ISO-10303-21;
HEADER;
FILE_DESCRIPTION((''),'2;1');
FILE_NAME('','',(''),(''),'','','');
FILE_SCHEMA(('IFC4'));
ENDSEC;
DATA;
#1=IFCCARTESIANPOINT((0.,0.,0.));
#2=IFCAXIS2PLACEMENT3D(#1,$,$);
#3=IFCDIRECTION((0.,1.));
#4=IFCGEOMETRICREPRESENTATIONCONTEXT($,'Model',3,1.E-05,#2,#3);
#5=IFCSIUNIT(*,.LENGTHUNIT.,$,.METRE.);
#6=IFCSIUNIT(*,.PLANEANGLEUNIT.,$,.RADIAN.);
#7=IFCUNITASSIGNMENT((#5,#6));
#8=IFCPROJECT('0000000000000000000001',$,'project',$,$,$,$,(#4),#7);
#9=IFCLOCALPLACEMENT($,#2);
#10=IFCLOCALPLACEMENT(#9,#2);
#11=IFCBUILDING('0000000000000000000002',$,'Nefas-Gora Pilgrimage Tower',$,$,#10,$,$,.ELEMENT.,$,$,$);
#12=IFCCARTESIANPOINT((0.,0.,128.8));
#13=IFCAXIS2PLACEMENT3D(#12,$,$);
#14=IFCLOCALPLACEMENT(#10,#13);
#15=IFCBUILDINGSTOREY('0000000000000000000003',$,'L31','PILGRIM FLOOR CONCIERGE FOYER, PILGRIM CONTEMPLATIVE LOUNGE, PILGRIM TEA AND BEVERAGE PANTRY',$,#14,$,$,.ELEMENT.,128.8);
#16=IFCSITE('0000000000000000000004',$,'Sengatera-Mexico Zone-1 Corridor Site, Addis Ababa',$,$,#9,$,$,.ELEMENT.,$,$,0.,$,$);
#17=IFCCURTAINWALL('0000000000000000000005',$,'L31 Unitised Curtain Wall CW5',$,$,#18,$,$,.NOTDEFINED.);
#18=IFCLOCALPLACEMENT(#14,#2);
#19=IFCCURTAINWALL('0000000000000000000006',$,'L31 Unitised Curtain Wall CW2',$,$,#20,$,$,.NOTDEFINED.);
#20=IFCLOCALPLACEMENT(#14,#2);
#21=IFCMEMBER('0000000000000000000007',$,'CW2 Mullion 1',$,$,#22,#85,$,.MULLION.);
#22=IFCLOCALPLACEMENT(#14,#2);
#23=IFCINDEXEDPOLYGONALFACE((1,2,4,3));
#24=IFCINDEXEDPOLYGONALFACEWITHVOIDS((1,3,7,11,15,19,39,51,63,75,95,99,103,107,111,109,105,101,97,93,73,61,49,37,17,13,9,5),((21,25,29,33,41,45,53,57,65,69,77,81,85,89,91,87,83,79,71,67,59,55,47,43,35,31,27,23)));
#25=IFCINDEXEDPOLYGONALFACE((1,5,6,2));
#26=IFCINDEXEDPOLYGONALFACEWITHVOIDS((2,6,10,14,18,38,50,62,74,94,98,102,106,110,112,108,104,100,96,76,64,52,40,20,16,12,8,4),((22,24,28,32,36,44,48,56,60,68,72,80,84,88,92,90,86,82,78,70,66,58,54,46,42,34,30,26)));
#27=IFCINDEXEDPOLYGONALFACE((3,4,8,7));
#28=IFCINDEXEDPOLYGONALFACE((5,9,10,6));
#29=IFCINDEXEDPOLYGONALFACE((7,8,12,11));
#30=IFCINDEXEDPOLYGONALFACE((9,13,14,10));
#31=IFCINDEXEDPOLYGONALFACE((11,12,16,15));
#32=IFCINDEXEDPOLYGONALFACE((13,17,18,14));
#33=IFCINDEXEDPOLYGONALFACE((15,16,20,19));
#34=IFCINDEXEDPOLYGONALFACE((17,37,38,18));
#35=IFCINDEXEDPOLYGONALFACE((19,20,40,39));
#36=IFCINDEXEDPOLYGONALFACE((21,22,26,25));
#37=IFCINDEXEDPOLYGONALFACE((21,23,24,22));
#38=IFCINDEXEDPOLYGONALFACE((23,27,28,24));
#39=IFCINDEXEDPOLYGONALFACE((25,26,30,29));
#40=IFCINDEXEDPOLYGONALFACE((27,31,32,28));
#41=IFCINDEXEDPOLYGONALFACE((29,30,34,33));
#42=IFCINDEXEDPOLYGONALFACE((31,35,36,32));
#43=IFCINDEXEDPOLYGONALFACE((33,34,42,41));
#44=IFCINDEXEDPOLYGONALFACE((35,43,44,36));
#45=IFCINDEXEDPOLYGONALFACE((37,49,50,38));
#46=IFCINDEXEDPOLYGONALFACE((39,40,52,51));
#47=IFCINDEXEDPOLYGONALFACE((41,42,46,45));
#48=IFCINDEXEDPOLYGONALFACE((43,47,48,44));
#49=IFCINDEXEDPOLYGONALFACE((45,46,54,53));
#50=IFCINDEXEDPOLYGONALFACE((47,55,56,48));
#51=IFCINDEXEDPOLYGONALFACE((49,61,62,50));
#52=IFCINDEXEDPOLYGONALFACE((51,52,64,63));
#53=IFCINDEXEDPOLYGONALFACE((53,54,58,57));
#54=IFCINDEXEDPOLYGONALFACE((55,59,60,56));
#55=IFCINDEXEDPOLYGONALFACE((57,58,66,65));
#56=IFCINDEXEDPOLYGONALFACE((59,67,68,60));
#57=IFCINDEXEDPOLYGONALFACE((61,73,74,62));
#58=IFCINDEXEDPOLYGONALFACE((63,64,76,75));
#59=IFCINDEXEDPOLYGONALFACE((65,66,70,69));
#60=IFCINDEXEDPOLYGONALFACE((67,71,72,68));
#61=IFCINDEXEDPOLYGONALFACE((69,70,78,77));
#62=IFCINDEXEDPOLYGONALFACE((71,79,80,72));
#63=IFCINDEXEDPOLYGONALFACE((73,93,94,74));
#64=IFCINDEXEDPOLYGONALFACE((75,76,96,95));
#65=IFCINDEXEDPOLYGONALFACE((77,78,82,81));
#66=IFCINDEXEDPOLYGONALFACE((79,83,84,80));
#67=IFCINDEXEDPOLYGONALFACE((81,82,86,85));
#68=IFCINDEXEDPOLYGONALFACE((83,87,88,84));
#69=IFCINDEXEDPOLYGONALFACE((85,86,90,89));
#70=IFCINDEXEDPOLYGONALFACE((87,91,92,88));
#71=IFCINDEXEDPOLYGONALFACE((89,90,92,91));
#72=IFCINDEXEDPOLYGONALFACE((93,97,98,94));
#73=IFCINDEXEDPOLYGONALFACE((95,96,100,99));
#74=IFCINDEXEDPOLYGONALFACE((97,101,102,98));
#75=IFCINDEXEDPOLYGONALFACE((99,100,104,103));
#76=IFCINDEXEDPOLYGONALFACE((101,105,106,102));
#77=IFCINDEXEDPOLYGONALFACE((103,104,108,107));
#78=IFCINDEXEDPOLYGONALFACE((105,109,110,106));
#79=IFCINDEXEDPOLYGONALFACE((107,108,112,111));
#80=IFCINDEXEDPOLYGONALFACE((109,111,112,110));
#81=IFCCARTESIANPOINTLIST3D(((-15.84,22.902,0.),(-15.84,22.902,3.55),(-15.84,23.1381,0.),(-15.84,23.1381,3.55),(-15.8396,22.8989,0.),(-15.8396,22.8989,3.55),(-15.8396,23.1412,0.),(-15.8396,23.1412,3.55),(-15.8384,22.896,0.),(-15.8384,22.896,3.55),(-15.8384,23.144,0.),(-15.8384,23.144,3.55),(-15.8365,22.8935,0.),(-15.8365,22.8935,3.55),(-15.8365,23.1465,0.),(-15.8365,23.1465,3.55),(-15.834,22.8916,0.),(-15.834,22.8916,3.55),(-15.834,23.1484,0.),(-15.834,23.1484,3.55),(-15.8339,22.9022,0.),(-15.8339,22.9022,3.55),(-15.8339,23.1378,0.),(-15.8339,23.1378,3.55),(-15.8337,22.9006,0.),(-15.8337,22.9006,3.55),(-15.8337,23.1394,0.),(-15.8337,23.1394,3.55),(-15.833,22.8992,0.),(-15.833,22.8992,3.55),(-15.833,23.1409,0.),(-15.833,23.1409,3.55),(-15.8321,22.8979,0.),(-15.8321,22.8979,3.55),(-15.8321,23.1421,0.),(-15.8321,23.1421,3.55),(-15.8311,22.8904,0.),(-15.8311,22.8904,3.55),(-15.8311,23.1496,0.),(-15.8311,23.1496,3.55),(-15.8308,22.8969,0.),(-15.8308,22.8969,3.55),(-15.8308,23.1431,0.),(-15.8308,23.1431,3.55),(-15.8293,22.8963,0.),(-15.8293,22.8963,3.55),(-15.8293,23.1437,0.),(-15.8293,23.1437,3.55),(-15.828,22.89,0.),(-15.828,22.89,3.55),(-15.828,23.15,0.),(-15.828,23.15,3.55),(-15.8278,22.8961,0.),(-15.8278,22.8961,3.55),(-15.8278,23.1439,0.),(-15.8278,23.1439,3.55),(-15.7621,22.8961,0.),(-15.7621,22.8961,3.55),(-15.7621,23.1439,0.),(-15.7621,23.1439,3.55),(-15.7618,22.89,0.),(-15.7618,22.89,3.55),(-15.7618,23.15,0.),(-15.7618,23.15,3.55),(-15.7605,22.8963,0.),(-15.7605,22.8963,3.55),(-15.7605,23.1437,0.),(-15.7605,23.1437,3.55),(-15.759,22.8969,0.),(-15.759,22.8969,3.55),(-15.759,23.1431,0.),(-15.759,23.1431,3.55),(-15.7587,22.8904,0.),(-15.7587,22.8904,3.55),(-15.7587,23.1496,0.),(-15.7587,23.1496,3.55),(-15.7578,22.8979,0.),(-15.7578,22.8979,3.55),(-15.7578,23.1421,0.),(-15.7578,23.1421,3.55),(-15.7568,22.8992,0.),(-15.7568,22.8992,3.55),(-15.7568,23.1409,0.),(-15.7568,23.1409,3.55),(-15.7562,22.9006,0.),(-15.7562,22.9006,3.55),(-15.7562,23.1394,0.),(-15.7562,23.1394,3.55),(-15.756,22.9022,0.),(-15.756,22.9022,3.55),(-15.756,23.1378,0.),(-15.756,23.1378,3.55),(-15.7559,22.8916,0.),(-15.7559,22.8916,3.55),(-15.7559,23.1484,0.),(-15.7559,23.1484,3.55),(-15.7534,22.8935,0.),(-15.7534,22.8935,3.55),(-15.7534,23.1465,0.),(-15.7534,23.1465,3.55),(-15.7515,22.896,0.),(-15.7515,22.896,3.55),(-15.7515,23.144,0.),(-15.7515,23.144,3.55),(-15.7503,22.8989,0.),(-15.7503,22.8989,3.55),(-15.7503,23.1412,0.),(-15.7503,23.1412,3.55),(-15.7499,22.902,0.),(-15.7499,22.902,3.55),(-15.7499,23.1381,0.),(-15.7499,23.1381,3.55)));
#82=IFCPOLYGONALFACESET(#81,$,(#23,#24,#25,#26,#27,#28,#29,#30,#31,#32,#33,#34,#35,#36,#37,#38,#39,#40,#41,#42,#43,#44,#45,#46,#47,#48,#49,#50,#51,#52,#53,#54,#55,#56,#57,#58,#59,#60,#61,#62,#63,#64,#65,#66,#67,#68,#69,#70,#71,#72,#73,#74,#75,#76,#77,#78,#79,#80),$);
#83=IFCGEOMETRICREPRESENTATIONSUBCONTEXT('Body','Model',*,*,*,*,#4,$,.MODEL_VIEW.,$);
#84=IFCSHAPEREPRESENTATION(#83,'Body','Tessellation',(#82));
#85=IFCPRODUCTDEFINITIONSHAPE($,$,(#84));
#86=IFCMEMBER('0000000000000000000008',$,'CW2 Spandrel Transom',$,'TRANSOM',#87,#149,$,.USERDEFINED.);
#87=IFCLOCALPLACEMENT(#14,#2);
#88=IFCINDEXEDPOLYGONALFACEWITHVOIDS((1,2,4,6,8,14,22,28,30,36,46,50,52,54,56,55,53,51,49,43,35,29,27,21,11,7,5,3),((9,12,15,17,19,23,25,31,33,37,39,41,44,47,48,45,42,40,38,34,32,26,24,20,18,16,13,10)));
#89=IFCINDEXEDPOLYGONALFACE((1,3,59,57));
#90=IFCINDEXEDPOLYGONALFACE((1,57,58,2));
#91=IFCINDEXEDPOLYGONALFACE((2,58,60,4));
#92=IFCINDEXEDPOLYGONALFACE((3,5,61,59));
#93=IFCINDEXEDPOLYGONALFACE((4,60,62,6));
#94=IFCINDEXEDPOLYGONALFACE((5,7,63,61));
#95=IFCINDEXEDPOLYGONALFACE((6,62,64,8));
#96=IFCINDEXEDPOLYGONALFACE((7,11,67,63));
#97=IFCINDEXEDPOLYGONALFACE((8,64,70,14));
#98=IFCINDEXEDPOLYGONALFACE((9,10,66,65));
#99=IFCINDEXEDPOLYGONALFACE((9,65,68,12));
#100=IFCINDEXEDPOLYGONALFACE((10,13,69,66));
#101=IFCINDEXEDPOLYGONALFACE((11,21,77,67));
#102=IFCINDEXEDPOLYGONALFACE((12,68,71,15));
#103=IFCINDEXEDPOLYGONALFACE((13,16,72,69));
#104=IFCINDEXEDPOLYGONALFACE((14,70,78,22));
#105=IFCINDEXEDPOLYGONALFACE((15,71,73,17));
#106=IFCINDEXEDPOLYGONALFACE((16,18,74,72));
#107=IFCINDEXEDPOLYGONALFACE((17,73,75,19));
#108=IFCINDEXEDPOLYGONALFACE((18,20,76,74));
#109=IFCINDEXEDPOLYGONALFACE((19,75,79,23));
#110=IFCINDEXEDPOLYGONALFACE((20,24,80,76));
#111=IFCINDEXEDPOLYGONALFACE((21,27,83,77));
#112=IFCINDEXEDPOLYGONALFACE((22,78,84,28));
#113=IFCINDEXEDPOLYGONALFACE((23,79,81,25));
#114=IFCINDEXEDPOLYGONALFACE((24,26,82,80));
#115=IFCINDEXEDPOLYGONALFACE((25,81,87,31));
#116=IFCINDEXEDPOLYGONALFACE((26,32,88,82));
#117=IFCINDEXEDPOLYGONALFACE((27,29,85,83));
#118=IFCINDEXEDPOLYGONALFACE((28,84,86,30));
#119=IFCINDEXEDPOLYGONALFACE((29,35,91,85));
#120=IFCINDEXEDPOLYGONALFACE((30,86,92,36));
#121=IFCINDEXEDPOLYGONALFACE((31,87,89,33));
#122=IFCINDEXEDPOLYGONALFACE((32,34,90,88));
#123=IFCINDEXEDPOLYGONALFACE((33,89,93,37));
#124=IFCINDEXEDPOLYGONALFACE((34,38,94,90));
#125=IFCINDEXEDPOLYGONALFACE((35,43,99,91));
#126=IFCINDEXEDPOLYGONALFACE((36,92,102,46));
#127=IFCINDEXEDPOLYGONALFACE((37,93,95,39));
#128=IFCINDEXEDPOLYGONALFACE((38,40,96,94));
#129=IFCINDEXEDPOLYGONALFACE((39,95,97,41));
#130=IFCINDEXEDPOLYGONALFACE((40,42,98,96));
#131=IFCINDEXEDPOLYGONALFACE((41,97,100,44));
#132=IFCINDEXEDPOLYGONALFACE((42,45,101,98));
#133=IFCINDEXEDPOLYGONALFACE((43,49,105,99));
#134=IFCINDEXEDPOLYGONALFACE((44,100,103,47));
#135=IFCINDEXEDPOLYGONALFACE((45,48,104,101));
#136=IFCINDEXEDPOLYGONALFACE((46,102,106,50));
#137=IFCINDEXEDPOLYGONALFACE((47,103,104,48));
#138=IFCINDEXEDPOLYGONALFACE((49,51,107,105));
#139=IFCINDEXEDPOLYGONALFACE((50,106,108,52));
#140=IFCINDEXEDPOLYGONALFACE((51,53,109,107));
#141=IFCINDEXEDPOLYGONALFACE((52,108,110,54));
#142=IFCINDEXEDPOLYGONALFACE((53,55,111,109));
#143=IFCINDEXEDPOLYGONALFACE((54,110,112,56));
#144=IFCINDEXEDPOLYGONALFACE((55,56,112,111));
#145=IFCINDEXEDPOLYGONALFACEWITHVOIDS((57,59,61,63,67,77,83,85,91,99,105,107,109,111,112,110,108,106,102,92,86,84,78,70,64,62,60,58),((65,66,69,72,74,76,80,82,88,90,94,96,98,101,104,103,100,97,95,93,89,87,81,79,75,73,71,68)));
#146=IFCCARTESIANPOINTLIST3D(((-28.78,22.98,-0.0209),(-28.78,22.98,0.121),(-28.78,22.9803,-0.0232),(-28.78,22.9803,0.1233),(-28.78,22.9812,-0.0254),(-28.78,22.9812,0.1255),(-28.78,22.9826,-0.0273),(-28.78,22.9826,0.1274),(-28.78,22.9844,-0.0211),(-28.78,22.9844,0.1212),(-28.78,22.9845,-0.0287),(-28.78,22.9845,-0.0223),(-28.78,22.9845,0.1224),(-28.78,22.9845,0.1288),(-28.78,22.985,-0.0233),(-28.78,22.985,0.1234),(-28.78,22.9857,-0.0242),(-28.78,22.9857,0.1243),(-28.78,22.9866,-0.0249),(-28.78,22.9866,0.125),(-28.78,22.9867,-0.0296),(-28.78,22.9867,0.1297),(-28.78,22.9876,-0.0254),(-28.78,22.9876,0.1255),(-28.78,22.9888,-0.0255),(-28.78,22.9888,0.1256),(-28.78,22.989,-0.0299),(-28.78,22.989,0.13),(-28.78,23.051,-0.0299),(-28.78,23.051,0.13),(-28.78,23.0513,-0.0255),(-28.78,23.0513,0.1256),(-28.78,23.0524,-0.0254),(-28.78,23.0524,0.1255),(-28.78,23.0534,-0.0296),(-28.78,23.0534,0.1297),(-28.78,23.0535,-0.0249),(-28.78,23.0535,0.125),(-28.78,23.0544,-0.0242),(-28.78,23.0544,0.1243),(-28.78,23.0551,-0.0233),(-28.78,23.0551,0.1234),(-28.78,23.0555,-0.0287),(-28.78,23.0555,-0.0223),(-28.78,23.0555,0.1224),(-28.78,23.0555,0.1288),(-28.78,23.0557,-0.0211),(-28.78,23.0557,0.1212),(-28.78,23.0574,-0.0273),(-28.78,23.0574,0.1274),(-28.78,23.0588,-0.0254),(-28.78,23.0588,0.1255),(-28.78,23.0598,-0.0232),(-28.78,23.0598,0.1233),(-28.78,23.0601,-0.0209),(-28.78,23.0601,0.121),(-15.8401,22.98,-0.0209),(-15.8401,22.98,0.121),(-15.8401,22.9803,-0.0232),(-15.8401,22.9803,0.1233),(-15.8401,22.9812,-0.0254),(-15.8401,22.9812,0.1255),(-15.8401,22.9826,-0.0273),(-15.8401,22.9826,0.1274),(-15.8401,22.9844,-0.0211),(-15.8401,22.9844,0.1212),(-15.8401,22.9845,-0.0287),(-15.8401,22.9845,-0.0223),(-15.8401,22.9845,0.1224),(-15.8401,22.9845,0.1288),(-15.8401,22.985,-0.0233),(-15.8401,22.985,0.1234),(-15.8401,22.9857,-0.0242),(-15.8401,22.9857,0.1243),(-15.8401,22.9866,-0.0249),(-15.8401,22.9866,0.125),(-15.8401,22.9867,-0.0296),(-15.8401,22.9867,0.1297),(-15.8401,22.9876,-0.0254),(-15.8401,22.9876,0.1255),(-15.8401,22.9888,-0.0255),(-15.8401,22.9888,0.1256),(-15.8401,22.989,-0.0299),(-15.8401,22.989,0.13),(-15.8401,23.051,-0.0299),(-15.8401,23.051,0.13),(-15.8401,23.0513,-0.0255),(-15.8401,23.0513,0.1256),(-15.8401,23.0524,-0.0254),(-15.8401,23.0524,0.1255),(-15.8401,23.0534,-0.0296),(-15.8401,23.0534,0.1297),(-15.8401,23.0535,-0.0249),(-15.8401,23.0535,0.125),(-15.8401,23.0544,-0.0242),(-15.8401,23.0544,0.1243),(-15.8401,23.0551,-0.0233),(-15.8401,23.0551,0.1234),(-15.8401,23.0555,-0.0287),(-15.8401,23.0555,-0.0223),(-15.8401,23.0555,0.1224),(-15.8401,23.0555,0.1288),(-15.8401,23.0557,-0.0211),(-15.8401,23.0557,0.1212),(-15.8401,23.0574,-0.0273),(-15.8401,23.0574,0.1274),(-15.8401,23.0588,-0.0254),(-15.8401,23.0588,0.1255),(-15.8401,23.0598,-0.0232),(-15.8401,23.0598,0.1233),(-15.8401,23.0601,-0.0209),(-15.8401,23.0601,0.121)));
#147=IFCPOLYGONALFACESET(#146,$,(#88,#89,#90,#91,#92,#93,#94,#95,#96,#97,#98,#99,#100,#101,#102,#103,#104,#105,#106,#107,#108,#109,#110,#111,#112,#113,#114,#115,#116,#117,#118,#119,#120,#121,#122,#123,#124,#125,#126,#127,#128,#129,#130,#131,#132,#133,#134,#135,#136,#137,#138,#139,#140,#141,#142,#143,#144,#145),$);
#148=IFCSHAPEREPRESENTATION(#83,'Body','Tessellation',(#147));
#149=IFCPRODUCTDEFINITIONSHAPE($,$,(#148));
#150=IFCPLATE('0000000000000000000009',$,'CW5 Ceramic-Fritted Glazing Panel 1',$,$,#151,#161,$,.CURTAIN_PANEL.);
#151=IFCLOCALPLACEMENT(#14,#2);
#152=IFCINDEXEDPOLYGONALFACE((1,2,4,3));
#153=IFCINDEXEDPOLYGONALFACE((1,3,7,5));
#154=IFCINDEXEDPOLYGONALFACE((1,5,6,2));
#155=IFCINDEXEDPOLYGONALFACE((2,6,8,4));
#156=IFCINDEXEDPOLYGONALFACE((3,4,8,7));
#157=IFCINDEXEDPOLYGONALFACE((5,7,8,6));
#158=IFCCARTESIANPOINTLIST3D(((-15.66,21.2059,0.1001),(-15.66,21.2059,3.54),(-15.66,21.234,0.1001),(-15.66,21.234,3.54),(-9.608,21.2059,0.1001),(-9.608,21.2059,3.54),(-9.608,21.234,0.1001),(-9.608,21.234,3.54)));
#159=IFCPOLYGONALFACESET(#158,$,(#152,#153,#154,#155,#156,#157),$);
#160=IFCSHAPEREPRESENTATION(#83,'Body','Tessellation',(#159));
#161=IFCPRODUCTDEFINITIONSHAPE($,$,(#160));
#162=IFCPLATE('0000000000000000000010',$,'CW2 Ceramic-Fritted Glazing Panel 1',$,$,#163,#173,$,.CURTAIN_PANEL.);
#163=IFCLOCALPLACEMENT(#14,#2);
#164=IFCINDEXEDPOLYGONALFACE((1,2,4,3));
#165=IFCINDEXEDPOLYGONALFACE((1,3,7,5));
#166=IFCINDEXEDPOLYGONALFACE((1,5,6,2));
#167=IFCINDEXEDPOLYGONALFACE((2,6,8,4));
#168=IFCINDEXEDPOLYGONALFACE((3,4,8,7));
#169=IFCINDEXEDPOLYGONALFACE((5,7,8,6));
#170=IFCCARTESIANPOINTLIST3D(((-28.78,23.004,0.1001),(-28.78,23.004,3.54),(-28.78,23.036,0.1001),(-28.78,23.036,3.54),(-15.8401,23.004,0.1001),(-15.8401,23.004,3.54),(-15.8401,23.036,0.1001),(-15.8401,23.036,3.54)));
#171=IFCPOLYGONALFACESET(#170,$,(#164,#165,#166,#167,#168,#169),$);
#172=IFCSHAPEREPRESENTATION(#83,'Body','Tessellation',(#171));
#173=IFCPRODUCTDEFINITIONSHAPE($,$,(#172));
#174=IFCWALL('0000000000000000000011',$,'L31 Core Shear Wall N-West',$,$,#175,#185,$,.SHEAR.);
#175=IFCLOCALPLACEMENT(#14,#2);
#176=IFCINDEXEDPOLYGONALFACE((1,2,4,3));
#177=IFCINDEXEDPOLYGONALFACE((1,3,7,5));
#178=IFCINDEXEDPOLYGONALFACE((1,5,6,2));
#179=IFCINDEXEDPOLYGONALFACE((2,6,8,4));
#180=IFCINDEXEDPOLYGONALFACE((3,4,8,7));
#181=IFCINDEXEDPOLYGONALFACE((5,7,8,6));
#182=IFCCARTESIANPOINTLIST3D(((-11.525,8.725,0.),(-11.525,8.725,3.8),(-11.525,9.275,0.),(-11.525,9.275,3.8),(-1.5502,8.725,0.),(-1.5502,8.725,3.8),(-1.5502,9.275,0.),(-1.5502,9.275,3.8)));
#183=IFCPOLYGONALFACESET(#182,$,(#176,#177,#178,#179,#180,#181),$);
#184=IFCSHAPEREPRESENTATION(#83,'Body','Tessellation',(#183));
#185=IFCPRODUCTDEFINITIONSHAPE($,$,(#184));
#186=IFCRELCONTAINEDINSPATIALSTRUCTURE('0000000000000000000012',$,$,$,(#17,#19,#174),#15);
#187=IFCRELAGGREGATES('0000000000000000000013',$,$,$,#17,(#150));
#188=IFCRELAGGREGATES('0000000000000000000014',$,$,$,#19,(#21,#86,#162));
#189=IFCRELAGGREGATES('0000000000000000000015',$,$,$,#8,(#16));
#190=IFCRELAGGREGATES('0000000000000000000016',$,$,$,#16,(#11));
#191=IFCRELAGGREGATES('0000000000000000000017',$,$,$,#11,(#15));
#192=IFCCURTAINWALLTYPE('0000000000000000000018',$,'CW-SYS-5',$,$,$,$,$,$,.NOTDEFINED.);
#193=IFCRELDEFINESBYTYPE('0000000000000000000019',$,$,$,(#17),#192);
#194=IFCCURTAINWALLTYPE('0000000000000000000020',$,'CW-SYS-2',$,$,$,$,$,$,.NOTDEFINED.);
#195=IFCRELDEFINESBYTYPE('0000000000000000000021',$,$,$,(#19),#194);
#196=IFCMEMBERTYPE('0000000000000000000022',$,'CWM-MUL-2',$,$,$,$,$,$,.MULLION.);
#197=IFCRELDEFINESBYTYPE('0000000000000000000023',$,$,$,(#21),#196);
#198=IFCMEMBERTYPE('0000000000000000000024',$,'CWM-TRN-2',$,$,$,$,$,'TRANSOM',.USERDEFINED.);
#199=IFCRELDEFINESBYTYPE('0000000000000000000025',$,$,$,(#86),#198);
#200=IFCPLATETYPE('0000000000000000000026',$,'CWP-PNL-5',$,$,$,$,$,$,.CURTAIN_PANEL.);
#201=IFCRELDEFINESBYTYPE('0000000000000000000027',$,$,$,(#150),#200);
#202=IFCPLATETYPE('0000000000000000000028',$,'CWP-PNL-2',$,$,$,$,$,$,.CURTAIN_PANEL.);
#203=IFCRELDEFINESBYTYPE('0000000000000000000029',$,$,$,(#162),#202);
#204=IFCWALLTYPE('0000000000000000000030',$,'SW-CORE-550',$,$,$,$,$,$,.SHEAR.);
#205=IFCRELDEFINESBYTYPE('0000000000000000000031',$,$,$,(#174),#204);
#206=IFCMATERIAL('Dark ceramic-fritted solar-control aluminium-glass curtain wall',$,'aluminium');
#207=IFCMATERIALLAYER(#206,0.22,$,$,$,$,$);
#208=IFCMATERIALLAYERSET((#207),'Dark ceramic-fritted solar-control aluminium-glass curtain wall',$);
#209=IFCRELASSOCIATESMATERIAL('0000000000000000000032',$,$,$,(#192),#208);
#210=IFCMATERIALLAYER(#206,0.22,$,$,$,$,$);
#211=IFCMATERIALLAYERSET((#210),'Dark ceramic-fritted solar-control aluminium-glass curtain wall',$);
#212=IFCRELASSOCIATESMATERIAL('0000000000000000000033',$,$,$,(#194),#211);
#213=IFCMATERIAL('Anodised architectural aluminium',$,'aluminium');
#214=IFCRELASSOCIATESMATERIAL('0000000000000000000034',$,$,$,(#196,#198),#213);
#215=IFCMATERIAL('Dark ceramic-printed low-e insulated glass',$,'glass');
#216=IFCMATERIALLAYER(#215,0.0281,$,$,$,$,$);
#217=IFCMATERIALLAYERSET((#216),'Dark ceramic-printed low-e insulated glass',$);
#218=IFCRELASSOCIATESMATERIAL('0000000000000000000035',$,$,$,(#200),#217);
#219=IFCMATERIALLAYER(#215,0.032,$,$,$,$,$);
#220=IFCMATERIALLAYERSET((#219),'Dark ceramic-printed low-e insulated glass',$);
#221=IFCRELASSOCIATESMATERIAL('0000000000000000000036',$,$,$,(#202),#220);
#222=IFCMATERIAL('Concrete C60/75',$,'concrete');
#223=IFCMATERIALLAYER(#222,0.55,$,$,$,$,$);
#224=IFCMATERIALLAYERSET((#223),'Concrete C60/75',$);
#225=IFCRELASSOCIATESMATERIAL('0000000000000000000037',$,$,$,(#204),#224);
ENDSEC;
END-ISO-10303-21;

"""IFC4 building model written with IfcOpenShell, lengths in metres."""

from ifc_helpers import new_model, si_unit, direction, frame, frame_2d, origin, origin_2d, place, context, subcontext, project, spatial, rectangle, hollow_rectangle, extrude, source, transform, mapped, material, layer, layer_set, material_profile, profile_set, type_object, element, aggregate, save


model = new_model("IFC4")

# Units and contexts
model_context = context("Model", 3, precision=1e-05, world=origin(), true_north=direction((0.0, 1.0)))
body_context = subcontext(model_context, "Body", "Model", "MODEL_VIEW")
ifc_project = project(units=[si_unit("LENGTHUNIT", "METRE"), si_unit("PLANEANGLEUNIT", "RADIAN")], contexts=[model_context])

# Site, building, storey
site_placement = place(None, origin())
site = spatial("IfcSite", under=ifc_project, at=site_placement, Name="Sengatera-Mexico Zone-1 Corridor Site, Addis Ababa", CompositionType="ELEMENT", RefElevation=0.0)
building_placement = place(site_placement, origin())
building = spatial("IfcBuilding", under=site, at=building_placement, Name="Nefas-Gora Pilgrimage Tower", CompositionType="ELEMENT")
storey_placement = place(building_placement, frame((0.0, 0.0, 128.8)))
storey = spatial("IfcBuildingStorey", under=building, at=storey_placement, Name="L31", Description="PILGRIM FLOOR CONCIERGE FOYER, PILGRIM CONTEMPLATIVE LOUNGE, PILGRIM TEA AND BEVERAGE PANTRY", CompositionType="ELEMENT", Elevation=128.8)

# Curtain wall
ifc_material_1 = material(Name="Dark ceramic-fritted solar-control aluminium-glass curtain wall", Category="aluminium")
ifc_layer_1 = layer(ifc_material_1, 0.22)
ifc_layer_set_1 = layer_set([ifc_layer_1], Name="Dark ceramic-fritted solar-control aluminium-glass curtain wall")
curtain_wall_type_1 = type_object("IfcCurtainWallType", Name="CW-SYS-5", PredefinedType="NOTDEFINED", material=ifc_layer_set_1)
curtain_wall_1_placement = place(storey_placement, origin())
curtain_wall_1 = element("IfcCurtainWall", 1, at=curtain_wall_1_placement, inside=storey, type_object=curtain_wall_type_1, Name="L31 Unitised Curtain Wall CW5", PredefinedType="NOTDEFINED")
ifc_material_2 = material(Name="Anodised architectural aluminium", Category="aluminium")

# Curtain wall, members
ifc_layer_2 = layer(ifc_material_1, 0.22)
ifc_layer_set_2 = layer_set([ifc_layer_2], Name="Dark ceramic-fritted solar-control aluminium-glass curtain wall")
curtain_wall_type_2 = type_object("IfcCurtainWallType", Name="CW-SYS-2", PredefinedType="NOTDEFINED", material=ifc_layer_set_2)
curtain_wall_2_placement = place(storey_placement, origin())
curtain_wall_2 = element("IfcCurtainWall", 2, at=curtain_wall_2_placement, inside=storey, type_object=curtain_wall_type_2, Name="L31 Unitised Curtain Wall CW2", PredefinedType="NOTDEFINED")
ifc_material_profile_1 = material_profile(ifc_material_2, hollow_rectangle(XDim=0.0901, YDim=0.26, WallThickness=0.0061, InnerFilletRadius=0.0061, OuterFilletRadius=0.012, at=origin_2d()), Name="ALU MULLION 90x260")
ifc_profile_set_1 = profile_set([ifc_material_profile_1], Name="Anodised architectural aluminium")
member_type_1 = type_object("IfcMemberType", Name="CWM-MUL-2", PredefinedType="MULLION", material=ifc_profile_set_1)
shared_shape_1 = source(origin(), body_context, "Body", "SweptSolid", [
    extrude(hollow_rectangle(XDim=0.0901, YDim=0.26, WallThickness=0.0061, InnerFilletRadius=0.0061, OuterFilletRadius=0.012, at=origin_2d()), origin(), (0.0, 0.0, 1.0), 3.55),
])
member_1_placement = place(storey_placement, frame((-15.7949, 23.02, 0.0), z_axis=(0.0, 0.0, 1.0), x_axis=(-1.0, 0.0, 0.0)))
member_1 = element("IfcMember", 3, at=member_1_placement, type_object=member_type_1, Name="CW2 Mullion 1", PredefinedType="MULLION", context=body_context, shape_type="MappedRepresentation", body=[
    mapped(shared_shape_1, transform((0.0, 0.0, 0.0), x_axis=(1.0, 0.0, 0.0), y_axis=(0.0, 1.0, 0.0), z_axis=(0.0, 0.0, 1.0), scale=1.0)),
])
ifc_material_profile_2 = material_profile(ifc_material_2, hollow_rectangle(XDim=0.0801, YDim=0.1599, WallThickness=0.0044, InnerFilletRadius=0.0044, OuterFilletRadius=0.009, at=origin_2d()), Name="ALU TRANSOM 80x160")
ifc_profile_set_2 = profile_set([ifc_material_profile_2], Name="Anodised architectural aluminium")
member_type_2 = type_object("IfcMemberType", Name="CWM-TRN-2", ElementType="TRANSOM", PredefinedType="USERDEFINED", material=ifc_profile_set_2)
shared_shape_2 = source(origin(), body_context, "Body", "SweptSolid", [
    extrude(hollow_rectangle(XDim=0.0801, YDim=0.1599, WallThickness=0.0044, InnerFilletRadius=0.0044, OuterFilletRadius=0.009, at=origin_2d()), origin(), (0.0, 0.0, 1.0), 12.9399),
])
member_2_placement = place(storey_placement, frame((-15.8401, 23.02, 0.05), z_axis=(-1.0, 0.0, 0.0), x_axis=(0.0, -1.0, 0.0)))
member_2 = element("IfcMember", 4, at=member_2_placement, type_object=member_type_2, Name="CW2 Spandrel Transom", ObjectType="TRANSOM", PredefinedType="USERDEFINED", context=body_context, shape_type="MappedRepresentation", body=[
    mapped(shared_shape_2, transform((0.0, 0.0, 0.0), x_axis=(1.0, 0.0, 0.0), y_axis=(0.0, 1.0, 0.0), z_axis=(0.0, 0.0, 1.0), scale=1.0)),
])

# Plates
ifc_material_3 = material(Name="Dark ceramic-printed low-e insulated glass", Category="glass")
ifc_layer_3 = layer(ifc_material_3, 0.0281)
ifc_layer_set_3 = layer_set([ifc_layer_3], Name="Dark ceramic-printed low-e insulated glass")
plate_type_1 = type_object("IfcPlateType", Name="CWP-PNL-5", PredefinedType="CURTAIN_PANEL", material=ifc_layer_set_3)
shared_shape_3 = source(origin(), body_context, "Body", "SweptSolid", [
    extrude(rectangle(XDim=6.052, YDim=0.0281, at=origin_2d()), origin(), (0.0, 0.0, 1.0), 3.4399),
])
plate_1_placement = place(storey_placement, frame((-12.634, 21.22, 0.1001), z_axis=(0.0, 0.0, 1.0), x_axis=(-1.0, 0.0, 0.0)))
plate_1 = element("IfcPlate", 5, at=plate_1_placement, type_object=plate_type_1, Name="CW5 Ceramic-Fritted Glazing Panel 1", PredefinedType="CURTAIN_PANEL", context=body_context, shape_type="MappedRepresentation", body=[
    mapped(shared_shape_3, transform((0.0, 0.0, 0.0), x_axis=(1.0, 0.0, 0.0), y_axis=(0.0, 1.0, 0.0), z_axis=(0.0, 0.0, 1.0), scale=1.0)),
])
aggregate(curtain_wall_1, [plate_1])
ifc_layer_4 = layer(ifc_material_3, 0.032)
ifc_layer_set_4 = layer_set([ifc_layer_4], Name="Dark ceramic-printed low-e insulated glass")
plate_type_2 = type_object("IfcPlateType", Name="CWP-PNL-2", PredefinedType="CURTAIN_PANEL", material=ifc_layer_set_4)
shared_shape_4 = source(origin(), body_context, "Body", "SweptSolid", [
    extrude(rectangle(XDim=12.9399, YDim=0.032, at=origin_2d()), origin(), (0.0, 0.0, 1.0), 3.4399),
])
plate_2_placement = place(storey_placement, frame((-22.3101, 23.02, 0.1001), z_axis=(0.0, 0.0, 1.0), x_axis=(-1.0, 0.0, 0.0)))
plate_2 = element("IfcPlate", 6, at=plate_2_placement, type_object=plate_type_2, Name="CW2 Ceramic-Fritted Glazing Panel 1", PredefinedType="CURTAIN_PANEL", context=body_context, shape_type="MappedRepresentation", body=[
    mapped(shared_shape_4, transform((0.0, 0.0, 0.0), x_axis=(1.0, 0.0, 0.0), y_axis=(0.0, 1.0, 0.0), z_axis=(0.0, 0.0, 1.0), scale=1.0)),
])
aggregate(curtain_wall_2, [member_1, member_2, plate_2])

# Wall
ifc_material_4 = material(Name="Concrete C60/75", Category="concrete")
ifc_layer_5 = layer(ifc_material_4, 0.55)
ifc_layer_set_5 = layer_set([ifc_layer_5], Name="Concrete C60/75")
wall_type_1 = type_object("IfcWallType", Name="SW-CORE-550", PredefinedType="SHEAR", material=ifc_layer_set_5)
shared_shape_5 = source(origin(), body_context, "Body", "SweptSolid", [
    extrude(rectangle(XDim=9.9749, YDim=0.55, at=frame_2d((4.9873, 0.0))), origin(), (0.0, 0.0, 1.0), 3.8),
])
wall_1_placement = place(storey_placement, frame((-11.5249, 9.0, 0.0), z_axis=(0.0, 0.0, 1.0), x_axis=(1.0, 0.0, 0.0)))
element("IfcWall", 7, at=wall_1_placement, inside=storey, type_object=wall_type_1, Name="L31 Core Shear Wall N-West", PredefinedType="SHEAR", context=body_context, shape_type="MappedRepresentation", body=[
    mapped(shared_shape_5, transform((0.0, 0.0, 0.0), x_axis=(1.0, 0.0, 0.0), y_axis=(0.0, 1.0, 0.0), z_axis=(0.0, 0.0, 1.0), scale=1.0)),
])

save(model, "model.ifc")
